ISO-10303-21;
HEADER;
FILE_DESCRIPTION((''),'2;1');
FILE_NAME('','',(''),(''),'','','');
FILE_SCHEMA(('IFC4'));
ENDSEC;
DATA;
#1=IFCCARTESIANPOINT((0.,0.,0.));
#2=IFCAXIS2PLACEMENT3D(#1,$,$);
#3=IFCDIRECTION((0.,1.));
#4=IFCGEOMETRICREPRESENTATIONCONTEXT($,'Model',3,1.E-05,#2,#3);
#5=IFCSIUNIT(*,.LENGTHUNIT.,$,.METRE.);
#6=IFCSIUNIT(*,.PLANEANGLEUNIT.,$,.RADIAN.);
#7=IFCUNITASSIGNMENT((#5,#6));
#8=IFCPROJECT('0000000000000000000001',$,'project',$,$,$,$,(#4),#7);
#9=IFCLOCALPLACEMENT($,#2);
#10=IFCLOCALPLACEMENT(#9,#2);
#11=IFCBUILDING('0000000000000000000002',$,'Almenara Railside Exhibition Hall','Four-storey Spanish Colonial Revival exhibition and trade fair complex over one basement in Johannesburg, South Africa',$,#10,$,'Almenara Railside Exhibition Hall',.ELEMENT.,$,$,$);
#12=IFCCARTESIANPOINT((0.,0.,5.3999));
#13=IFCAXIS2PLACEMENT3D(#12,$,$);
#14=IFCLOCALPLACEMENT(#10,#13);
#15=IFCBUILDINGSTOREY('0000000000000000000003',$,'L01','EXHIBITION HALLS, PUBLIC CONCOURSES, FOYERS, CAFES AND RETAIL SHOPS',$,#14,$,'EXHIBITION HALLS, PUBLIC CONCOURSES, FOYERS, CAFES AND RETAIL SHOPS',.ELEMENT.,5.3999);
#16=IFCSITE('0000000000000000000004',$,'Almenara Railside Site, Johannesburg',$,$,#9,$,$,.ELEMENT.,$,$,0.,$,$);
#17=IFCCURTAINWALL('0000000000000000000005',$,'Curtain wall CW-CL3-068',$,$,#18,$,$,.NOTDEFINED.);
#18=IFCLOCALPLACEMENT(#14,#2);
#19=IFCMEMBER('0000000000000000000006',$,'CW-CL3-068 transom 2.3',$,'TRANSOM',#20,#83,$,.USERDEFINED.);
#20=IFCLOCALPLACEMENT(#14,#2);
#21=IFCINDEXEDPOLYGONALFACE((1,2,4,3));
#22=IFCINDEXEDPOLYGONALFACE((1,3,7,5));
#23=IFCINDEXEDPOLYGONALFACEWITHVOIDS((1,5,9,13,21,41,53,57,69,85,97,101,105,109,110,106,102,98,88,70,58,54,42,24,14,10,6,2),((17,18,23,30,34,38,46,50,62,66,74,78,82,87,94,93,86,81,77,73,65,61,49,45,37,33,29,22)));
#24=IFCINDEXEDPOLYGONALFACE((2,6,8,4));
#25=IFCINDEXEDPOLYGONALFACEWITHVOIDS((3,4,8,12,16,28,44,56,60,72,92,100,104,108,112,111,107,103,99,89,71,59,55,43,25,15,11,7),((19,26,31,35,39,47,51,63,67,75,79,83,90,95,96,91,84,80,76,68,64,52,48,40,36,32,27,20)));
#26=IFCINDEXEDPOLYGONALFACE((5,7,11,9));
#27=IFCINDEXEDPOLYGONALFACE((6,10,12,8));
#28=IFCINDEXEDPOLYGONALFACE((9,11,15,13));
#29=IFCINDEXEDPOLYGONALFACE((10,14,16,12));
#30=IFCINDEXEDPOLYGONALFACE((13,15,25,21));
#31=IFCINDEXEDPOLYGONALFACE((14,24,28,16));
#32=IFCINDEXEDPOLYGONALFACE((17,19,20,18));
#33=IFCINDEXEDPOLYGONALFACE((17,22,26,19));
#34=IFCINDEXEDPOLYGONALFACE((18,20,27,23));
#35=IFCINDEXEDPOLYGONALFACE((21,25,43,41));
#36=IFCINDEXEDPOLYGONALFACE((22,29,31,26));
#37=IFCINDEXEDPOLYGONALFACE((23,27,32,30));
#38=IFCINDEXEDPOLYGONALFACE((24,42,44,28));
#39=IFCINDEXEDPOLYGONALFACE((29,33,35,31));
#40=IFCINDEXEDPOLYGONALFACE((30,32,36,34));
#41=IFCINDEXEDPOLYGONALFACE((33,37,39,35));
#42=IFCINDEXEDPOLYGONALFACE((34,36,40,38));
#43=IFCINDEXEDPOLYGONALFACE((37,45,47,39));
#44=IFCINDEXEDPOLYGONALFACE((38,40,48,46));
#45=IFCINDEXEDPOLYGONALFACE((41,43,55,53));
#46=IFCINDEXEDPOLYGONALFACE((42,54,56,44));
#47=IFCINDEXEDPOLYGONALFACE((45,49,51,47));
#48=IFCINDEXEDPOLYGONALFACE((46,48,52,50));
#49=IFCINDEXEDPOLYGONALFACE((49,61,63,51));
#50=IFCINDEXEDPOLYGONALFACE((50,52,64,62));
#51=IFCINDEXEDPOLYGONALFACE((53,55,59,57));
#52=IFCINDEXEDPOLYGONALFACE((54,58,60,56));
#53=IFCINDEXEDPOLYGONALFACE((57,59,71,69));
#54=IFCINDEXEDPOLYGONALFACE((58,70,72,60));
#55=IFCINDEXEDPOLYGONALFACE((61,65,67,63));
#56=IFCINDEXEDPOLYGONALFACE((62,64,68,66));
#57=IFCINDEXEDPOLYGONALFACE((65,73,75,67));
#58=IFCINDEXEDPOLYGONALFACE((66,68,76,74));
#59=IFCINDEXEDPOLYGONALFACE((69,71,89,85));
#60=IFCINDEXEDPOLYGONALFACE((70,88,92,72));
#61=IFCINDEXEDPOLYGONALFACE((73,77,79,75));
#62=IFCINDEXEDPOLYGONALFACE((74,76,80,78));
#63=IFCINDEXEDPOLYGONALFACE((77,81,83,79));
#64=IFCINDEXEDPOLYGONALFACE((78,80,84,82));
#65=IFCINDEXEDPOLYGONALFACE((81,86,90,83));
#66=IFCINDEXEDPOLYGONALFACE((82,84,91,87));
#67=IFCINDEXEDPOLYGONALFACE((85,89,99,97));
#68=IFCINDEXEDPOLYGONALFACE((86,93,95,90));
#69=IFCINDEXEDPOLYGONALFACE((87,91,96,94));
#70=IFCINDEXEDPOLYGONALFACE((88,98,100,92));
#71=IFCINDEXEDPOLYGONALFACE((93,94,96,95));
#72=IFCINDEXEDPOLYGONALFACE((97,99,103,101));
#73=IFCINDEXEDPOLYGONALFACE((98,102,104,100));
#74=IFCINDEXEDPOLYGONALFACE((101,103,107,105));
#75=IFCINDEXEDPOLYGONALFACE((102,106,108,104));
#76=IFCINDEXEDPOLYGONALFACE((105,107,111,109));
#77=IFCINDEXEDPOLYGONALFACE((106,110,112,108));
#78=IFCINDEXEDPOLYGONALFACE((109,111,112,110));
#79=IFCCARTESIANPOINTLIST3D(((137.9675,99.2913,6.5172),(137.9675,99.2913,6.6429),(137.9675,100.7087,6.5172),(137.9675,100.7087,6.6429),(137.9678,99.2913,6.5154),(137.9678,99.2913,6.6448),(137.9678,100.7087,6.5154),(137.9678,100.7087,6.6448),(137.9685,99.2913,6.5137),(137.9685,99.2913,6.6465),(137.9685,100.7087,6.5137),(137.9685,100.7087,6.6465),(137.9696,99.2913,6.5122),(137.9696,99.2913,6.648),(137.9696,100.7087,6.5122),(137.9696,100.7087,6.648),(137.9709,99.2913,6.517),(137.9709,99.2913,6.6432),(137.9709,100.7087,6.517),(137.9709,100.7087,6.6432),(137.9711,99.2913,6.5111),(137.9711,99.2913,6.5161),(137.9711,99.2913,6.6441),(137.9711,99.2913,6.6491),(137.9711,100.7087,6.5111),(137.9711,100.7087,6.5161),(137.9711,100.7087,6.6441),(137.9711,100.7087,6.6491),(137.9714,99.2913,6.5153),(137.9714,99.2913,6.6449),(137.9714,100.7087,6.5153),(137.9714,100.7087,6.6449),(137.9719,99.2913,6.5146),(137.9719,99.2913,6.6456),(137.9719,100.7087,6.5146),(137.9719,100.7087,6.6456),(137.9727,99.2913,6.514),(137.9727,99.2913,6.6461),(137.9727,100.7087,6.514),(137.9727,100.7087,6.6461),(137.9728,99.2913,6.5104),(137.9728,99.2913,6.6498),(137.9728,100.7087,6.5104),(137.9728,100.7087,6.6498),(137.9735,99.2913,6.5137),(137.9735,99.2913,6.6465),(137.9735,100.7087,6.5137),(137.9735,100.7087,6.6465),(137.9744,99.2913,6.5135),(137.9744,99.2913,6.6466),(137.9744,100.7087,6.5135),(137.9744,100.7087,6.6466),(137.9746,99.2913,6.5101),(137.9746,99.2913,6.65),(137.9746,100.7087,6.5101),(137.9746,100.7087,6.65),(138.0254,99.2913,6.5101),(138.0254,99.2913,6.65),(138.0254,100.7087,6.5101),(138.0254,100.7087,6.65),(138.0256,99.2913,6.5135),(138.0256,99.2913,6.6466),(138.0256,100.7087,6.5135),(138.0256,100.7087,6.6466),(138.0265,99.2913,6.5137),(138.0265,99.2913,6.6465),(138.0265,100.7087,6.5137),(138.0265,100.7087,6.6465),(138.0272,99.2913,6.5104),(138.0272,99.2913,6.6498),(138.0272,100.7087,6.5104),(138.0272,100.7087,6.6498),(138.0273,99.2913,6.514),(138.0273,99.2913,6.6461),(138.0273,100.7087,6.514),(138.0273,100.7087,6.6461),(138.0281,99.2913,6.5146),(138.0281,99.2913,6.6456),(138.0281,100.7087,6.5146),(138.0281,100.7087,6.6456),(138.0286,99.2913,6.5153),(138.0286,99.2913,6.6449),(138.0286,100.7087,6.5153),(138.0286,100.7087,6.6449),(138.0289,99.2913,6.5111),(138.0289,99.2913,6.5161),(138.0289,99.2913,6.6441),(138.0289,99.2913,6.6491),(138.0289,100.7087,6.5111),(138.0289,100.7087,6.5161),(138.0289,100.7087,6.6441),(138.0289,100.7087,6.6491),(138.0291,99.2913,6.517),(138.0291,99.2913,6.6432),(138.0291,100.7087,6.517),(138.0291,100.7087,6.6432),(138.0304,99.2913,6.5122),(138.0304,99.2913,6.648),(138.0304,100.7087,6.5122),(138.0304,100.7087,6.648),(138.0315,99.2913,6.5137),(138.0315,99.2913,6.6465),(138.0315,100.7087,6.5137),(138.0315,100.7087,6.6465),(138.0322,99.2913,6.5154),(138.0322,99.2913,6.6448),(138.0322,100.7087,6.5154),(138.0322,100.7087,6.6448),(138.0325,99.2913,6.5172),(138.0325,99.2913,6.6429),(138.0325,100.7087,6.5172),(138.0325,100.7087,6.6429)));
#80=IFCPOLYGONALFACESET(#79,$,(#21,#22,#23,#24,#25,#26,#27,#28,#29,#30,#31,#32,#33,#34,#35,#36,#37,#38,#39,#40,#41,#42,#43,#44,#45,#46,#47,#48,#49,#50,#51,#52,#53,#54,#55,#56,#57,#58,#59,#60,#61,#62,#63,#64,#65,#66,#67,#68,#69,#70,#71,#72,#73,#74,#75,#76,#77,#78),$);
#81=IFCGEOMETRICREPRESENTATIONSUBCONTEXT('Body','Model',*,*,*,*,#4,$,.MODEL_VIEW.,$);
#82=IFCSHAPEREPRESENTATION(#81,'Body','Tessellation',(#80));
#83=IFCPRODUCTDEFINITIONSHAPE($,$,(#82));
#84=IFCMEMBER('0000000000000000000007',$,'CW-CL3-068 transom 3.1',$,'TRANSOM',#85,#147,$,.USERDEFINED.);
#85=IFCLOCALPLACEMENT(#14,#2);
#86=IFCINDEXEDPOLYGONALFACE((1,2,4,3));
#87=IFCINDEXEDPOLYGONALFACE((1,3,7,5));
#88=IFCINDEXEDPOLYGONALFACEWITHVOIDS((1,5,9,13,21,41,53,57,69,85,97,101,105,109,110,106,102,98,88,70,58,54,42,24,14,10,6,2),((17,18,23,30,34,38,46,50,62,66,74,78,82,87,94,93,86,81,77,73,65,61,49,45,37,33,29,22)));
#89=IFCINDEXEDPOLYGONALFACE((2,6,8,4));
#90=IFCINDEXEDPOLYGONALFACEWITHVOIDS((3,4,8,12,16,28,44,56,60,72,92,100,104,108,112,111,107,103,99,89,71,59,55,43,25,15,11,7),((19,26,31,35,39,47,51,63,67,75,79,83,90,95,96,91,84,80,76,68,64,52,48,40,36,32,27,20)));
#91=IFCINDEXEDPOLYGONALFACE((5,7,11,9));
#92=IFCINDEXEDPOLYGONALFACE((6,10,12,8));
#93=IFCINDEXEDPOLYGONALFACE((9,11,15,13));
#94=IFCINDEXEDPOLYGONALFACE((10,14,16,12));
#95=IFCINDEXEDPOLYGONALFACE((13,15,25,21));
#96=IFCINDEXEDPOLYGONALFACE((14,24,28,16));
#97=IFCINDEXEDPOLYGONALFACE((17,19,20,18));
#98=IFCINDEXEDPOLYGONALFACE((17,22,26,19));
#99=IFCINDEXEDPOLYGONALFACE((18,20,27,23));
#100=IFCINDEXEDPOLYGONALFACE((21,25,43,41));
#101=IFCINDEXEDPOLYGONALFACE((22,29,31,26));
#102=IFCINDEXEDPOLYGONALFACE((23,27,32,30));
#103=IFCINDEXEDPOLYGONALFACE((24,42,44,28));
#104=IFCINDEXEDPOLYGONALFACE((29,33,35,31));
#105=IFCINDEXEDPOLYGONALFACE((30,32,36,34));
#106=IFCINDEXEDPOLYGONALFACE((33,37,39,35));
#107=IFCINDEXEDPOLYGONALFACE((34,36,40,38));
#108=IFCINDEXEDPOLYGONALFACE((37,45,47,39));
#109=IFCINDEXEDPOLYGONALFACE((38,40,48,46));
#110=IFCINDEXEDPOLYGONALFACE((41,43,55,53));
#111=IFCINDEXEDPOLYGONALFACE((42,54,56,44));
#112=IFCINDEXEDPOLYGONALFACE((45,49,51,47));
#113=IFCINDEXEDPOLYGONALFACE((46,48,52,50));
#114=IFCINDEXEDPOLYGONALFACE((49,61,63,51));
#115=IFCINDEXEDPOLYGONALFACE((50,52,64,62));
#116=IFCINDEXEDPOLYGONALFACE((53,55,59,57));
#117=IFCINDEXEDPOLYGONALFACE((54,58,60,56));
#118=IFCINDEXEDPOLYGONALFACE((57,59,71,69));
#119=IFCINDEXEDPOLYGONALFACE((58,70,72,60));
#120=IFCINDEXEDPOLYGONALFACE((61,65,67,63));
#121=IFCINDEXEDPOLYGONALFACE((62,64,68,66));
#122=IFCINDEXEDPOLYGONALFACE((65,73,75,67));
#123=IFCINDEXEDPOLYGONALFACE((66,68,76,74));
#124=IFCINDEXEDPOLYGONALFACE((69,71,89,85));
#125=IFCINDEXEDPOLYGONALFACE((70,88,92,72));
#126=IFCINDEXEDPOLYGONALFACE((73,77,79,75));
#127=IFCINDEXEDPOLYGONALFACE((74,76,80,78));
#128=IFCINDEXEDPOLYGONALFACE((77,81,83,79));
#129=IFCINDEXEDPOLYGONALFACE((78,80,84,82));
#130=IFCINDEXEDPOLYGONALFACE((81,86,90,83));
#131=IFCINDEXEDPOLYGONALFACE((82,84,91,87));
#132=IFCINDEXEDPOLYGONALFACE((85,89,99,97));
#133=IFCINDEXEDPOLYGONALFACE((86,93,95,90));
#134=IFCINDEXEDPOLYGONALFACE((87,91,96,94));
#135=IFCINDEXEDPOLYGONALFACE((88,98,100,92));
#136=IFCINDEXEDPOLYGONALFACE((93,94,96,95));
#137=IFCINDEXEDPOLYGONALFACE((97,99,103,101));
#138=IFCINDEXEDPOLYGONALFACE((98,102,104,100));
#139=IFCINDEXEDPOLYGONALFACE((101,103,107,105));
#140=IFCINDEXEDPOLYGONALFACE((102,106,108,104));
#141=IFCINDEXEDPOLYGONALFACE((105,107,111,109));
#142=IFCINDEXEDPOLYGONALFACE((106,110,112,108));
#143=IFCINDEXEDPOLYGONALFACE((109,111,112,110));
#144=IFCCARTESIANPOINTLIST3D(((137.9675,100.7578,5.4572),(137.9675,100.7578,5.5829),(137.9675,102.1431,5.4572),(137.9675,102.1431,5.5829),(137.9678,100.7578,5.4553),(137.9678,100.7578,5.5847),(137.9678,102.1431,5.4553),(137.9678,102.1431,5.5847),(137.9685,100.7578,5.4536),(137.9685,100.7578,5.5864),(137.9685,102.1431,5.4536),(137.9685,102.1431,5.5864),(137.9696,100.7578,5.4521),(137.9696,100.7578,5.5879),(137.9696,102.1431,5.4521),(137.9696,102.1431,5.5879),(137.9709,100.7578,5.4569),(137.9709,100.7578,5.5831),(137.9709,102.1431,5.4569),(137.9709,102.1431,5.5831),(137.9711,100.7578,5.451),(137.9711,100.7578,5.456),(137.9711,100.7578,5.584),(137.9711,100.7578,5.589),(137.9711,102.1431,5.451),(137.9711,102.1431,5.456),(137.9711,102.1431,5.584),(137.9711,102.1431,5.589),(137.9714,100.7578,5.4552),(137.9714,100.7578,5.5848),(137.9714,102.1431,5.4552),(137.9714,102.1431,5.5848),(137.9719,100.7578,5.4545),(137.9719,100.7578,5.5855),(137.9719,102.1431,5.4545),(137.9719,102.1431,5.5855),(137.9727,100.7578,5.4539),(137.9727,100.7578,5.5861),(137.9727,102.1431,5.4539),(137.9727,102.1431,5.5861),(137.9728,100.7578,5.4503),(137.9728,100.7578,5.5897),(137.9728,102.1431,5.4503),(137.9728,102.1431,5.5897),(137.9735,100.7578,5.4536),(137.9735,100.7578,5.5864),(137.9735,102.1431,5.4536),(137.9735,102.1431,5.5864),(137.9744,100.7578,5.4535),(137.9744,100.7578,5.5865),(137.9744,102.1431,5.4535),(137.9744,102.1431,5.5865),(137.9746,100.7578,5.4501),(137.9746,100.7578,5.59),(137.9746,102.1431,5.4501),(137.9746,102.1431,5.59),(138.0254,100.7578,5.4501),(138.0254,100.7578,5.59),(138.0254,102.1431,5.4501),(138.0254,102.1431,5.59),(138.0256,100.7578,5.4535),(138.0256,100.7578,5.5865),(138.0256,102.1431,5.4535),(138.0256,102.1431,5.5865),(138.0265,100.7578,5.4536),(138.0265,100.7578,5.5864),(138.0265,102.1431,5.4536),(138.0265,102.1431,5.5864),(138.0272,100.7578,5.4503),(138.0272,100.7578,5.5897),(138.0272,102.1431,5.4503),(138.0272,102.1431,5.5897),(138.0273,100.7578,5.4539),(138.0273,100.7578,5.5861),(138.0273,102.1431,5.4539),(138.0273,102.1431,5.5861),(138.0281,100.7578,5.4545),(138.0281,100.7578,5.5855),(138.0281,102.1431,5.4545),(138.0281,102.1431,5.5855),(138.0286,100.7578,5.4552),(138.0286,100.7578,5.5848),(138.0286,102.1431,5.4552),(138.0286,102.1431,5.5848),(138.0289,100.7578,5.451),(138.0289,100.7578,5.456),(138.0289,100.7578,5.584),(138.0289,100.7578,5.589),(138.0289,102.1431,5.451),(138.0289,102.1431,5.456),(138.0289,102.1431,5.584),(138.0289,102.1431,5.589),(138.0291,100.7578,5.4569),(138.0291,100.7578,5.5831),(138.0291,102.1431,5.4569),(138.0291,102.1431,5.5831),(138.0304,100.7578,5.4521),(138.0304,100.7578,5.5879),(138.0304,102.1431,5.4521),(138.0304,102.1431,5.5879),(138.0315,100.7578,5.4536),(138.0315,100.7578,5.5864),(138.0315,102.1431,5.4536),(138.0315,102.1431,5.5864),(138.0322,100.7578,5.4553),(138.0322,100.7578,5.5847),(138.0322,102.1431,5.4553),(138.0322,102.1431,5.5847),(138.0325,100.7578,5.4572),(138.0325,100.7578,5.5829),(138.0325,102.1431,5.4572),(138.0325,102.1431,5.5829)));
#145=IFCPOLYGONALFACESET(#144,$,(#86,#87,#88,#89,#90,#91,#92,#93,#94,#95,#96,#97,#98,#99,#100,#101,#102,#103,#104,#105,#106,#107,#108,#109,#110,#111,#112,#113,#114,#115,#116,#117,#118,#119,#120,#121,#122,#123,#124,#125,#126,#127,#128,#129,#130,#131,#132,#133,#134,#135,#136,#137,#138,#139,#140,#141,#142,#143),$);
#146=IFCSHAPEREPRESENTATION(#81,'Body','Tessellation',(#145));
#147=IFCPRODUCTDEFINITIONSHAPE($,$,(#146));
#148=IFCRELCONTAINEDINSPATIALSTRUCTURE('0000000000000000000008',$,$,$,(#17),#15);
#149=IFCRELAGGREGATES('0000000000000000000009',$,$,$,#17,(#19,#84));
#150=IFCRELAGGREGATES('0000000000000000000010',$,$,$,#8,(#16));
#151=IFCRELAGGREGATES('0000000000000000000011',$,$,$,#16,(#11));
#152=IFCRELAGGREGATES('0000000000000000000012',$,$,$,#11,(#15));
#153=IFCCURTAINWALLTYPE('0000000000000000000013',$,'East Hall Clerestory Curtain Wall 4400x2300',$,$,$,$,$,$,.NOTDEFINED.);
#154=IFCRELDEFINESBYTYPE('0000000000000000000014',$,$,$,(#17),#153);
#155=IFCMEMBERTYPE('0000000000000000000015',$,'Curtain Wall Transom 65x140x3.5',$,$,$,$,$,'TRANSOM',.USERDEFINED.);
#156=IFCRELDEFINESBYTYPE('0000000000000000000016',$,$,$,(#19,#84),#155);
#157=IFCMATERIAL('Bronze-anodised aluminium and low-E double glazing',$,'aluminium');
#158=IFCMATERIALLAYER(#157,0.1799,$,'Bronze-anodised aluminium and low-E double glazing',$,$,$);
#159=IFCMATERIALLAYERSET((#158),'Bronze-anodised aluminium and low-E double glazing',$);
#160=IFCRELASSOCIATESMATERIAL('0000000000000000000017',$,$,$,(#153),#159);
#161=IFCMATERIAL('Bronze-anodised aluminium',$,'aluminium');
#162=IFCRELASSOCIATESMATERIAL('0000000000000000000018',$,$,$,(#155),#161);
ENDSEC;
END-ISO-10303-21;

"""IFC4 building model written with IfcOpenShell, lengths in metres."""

from ifc_helpers import new_model, si_unit, direction, frame, origin, origin_2d, place, context, subcontext, project, spatial, hollow_rectangle, extrude, material, layer, layer_set, material_profile, profile_set, type_object, element, aggregate, save


model = new_model("IFC4")

# Units and contexts
model_context = context("Model", 3, precision=1e-05, world=origin(), true_north=direction((0.0, 1.0)))
body_context = subcontext(model_context, "Body", "Model", "MODEL_VIEW")
ifc_project = project(units=[si_unit("LENGTHUNIT", "METRE"), si_unit("PLANEANGLEUNIT", "RADIAN")], contexts=[model_context])

# Site, building, storey
site_placement = place(None, origin())
site = spatial("IfcSite", under=ifc_project, at=site_placement, Name="Almenara Railside Site, Johannesburg", CompositionType="ELEMENT", RefElevation=0.0)
building_placement = place(site_placement, origin())
building = spatial("IfcBuilding", under=site, at=building_placement, Name="Almenara Railside Exhibition Hall", Description="Four-storey Spanish Colonial Revival exhibition and trade fair complex over one basement in Johannesburg, South Africa", LongName="Almenara Railside Exhibition Hall", CompositionType="ELEMENT")
storey_placement = place(building_placement, frame((0.0, 0.0, 5.3999)))
storey = spatial("IfcBuildingStorey", under=building, at=storey_placement, Name="L01", Description="EXHIBITION HALLS, PUBLIC CONCOURSES, FOYERS, CAFES AND RETAIL SHOPS", LongName="EXHIBITION HALLS, PUBLIC CONCOURSES, FOYERS, CAFES AND RETAIL SHOPS", CompositionType="ELEMENT", Elevation=5.3999)

# Curtain wall
ifc_material_1 = material(Name="Bronze-anodised aluminium and low-E double glazing", Category="aluminium")
ifc_layer_1 = layer(ifc_material_1, 0.1799, Name="Bronze-anodised aluminium and low-E double glazing")
ifc_layer_set_1 = layer_set([ifc_layer_1], Name="Bronze-anodised aluminium and low-E double glazing")
curtain_wall_type = type_object("IfcCurtainWallType", Name="East Hall Clerestory Curtain Wall 4400x2300", PredefinedType="NOTDEFINED", material=ifc_layer_set_1)
curtain_wall_1_placement = place(storey_placement, origin())
curtain_wall_1 = element("IfcCurtainWall", 1, at=curtain_wall_1_placement, inside=storey, type_object=curtain_wall_type, Name="Curtain wall CW-CL3-068", PredefinedType="NOTDEFINED")
ifc_material_2 = material(Name="Bronze-anodised aluminium", Category="aluminium")

# Members
ifc_material_profile_1 = material_profile(ifc_material_2, hollow_rectangle(XDim=0.0649, YDim=0.1399, WallThickness=0.0034, InnerFilletRadius=0.0034, OuterFilletRadius=0.0071, at=origin_2d()), Name="ALU-TRN 65x140x3.5")
ifc_profile_set_1 = profile_set([ifc_material_profile_1], Name="Bronze-anodised aluminium")
member_type_1 = type_object("IfcMemberType", Name="Curtain Wall Transom 65x140x3.5", ElementType="TRANSOM", PredefinedType="USERDEFINED", material=ifc_profile_set_1)
member_1_placement = place(storey_placement, frame((138.0, 99.2913, 6.5801), z_axis=(0.0, 1.0, 0.0), x_axis=(-1.0, 0.0, 0.0)))
member_1 = element("IfcMember", 2, at=member_1_placement, type_object=member_type_1, Name="CW-CL3-068 transom 2.3", ObjectType="TRANSOM", PredefinedType="USERDEFINED", context=body_context, shape_type="SweptSolid", body=[
    extrude(hollow_rectangle(XDim=0.0649, YDim=0.1399, WallThickness=0.0034, InnerFilletRadius=0.0034, OuterFilletRadius=0.0071, at=origin_2d()), origin(), (0.0, 0.0, 1.0), 1.4175),
])
member_2_placement = place(storey_placement, frame((138.0, 100.7578, 5.52), z_axis=(0.0, 1.0, 0.0), x_axis=(-1.0, 0.0, 0.0)))
member_2 = element("IfcMember", 3, at=member_2_placement, type_object=member_type_1, Name="CW-CL3-068 transom 3.1", ObjectType="TRANSOM", PredefinedType="USERDEFINED", context=body_context, shape_type="SweptSolid", body=[
    extrude(hollow_rectangle(XDim=0.0649, YDim=0.1399, WallThickness=0.0034, InnerFilletRadius=0.0034, OuterFilletRadius=0.0071, at=origin_2d()), origin(), (0.0, 0.0, 1.0), 1.3853),
])

aggregate(curtain_wall_1, [member_1, member_2])

save(model, "model.ifc")
